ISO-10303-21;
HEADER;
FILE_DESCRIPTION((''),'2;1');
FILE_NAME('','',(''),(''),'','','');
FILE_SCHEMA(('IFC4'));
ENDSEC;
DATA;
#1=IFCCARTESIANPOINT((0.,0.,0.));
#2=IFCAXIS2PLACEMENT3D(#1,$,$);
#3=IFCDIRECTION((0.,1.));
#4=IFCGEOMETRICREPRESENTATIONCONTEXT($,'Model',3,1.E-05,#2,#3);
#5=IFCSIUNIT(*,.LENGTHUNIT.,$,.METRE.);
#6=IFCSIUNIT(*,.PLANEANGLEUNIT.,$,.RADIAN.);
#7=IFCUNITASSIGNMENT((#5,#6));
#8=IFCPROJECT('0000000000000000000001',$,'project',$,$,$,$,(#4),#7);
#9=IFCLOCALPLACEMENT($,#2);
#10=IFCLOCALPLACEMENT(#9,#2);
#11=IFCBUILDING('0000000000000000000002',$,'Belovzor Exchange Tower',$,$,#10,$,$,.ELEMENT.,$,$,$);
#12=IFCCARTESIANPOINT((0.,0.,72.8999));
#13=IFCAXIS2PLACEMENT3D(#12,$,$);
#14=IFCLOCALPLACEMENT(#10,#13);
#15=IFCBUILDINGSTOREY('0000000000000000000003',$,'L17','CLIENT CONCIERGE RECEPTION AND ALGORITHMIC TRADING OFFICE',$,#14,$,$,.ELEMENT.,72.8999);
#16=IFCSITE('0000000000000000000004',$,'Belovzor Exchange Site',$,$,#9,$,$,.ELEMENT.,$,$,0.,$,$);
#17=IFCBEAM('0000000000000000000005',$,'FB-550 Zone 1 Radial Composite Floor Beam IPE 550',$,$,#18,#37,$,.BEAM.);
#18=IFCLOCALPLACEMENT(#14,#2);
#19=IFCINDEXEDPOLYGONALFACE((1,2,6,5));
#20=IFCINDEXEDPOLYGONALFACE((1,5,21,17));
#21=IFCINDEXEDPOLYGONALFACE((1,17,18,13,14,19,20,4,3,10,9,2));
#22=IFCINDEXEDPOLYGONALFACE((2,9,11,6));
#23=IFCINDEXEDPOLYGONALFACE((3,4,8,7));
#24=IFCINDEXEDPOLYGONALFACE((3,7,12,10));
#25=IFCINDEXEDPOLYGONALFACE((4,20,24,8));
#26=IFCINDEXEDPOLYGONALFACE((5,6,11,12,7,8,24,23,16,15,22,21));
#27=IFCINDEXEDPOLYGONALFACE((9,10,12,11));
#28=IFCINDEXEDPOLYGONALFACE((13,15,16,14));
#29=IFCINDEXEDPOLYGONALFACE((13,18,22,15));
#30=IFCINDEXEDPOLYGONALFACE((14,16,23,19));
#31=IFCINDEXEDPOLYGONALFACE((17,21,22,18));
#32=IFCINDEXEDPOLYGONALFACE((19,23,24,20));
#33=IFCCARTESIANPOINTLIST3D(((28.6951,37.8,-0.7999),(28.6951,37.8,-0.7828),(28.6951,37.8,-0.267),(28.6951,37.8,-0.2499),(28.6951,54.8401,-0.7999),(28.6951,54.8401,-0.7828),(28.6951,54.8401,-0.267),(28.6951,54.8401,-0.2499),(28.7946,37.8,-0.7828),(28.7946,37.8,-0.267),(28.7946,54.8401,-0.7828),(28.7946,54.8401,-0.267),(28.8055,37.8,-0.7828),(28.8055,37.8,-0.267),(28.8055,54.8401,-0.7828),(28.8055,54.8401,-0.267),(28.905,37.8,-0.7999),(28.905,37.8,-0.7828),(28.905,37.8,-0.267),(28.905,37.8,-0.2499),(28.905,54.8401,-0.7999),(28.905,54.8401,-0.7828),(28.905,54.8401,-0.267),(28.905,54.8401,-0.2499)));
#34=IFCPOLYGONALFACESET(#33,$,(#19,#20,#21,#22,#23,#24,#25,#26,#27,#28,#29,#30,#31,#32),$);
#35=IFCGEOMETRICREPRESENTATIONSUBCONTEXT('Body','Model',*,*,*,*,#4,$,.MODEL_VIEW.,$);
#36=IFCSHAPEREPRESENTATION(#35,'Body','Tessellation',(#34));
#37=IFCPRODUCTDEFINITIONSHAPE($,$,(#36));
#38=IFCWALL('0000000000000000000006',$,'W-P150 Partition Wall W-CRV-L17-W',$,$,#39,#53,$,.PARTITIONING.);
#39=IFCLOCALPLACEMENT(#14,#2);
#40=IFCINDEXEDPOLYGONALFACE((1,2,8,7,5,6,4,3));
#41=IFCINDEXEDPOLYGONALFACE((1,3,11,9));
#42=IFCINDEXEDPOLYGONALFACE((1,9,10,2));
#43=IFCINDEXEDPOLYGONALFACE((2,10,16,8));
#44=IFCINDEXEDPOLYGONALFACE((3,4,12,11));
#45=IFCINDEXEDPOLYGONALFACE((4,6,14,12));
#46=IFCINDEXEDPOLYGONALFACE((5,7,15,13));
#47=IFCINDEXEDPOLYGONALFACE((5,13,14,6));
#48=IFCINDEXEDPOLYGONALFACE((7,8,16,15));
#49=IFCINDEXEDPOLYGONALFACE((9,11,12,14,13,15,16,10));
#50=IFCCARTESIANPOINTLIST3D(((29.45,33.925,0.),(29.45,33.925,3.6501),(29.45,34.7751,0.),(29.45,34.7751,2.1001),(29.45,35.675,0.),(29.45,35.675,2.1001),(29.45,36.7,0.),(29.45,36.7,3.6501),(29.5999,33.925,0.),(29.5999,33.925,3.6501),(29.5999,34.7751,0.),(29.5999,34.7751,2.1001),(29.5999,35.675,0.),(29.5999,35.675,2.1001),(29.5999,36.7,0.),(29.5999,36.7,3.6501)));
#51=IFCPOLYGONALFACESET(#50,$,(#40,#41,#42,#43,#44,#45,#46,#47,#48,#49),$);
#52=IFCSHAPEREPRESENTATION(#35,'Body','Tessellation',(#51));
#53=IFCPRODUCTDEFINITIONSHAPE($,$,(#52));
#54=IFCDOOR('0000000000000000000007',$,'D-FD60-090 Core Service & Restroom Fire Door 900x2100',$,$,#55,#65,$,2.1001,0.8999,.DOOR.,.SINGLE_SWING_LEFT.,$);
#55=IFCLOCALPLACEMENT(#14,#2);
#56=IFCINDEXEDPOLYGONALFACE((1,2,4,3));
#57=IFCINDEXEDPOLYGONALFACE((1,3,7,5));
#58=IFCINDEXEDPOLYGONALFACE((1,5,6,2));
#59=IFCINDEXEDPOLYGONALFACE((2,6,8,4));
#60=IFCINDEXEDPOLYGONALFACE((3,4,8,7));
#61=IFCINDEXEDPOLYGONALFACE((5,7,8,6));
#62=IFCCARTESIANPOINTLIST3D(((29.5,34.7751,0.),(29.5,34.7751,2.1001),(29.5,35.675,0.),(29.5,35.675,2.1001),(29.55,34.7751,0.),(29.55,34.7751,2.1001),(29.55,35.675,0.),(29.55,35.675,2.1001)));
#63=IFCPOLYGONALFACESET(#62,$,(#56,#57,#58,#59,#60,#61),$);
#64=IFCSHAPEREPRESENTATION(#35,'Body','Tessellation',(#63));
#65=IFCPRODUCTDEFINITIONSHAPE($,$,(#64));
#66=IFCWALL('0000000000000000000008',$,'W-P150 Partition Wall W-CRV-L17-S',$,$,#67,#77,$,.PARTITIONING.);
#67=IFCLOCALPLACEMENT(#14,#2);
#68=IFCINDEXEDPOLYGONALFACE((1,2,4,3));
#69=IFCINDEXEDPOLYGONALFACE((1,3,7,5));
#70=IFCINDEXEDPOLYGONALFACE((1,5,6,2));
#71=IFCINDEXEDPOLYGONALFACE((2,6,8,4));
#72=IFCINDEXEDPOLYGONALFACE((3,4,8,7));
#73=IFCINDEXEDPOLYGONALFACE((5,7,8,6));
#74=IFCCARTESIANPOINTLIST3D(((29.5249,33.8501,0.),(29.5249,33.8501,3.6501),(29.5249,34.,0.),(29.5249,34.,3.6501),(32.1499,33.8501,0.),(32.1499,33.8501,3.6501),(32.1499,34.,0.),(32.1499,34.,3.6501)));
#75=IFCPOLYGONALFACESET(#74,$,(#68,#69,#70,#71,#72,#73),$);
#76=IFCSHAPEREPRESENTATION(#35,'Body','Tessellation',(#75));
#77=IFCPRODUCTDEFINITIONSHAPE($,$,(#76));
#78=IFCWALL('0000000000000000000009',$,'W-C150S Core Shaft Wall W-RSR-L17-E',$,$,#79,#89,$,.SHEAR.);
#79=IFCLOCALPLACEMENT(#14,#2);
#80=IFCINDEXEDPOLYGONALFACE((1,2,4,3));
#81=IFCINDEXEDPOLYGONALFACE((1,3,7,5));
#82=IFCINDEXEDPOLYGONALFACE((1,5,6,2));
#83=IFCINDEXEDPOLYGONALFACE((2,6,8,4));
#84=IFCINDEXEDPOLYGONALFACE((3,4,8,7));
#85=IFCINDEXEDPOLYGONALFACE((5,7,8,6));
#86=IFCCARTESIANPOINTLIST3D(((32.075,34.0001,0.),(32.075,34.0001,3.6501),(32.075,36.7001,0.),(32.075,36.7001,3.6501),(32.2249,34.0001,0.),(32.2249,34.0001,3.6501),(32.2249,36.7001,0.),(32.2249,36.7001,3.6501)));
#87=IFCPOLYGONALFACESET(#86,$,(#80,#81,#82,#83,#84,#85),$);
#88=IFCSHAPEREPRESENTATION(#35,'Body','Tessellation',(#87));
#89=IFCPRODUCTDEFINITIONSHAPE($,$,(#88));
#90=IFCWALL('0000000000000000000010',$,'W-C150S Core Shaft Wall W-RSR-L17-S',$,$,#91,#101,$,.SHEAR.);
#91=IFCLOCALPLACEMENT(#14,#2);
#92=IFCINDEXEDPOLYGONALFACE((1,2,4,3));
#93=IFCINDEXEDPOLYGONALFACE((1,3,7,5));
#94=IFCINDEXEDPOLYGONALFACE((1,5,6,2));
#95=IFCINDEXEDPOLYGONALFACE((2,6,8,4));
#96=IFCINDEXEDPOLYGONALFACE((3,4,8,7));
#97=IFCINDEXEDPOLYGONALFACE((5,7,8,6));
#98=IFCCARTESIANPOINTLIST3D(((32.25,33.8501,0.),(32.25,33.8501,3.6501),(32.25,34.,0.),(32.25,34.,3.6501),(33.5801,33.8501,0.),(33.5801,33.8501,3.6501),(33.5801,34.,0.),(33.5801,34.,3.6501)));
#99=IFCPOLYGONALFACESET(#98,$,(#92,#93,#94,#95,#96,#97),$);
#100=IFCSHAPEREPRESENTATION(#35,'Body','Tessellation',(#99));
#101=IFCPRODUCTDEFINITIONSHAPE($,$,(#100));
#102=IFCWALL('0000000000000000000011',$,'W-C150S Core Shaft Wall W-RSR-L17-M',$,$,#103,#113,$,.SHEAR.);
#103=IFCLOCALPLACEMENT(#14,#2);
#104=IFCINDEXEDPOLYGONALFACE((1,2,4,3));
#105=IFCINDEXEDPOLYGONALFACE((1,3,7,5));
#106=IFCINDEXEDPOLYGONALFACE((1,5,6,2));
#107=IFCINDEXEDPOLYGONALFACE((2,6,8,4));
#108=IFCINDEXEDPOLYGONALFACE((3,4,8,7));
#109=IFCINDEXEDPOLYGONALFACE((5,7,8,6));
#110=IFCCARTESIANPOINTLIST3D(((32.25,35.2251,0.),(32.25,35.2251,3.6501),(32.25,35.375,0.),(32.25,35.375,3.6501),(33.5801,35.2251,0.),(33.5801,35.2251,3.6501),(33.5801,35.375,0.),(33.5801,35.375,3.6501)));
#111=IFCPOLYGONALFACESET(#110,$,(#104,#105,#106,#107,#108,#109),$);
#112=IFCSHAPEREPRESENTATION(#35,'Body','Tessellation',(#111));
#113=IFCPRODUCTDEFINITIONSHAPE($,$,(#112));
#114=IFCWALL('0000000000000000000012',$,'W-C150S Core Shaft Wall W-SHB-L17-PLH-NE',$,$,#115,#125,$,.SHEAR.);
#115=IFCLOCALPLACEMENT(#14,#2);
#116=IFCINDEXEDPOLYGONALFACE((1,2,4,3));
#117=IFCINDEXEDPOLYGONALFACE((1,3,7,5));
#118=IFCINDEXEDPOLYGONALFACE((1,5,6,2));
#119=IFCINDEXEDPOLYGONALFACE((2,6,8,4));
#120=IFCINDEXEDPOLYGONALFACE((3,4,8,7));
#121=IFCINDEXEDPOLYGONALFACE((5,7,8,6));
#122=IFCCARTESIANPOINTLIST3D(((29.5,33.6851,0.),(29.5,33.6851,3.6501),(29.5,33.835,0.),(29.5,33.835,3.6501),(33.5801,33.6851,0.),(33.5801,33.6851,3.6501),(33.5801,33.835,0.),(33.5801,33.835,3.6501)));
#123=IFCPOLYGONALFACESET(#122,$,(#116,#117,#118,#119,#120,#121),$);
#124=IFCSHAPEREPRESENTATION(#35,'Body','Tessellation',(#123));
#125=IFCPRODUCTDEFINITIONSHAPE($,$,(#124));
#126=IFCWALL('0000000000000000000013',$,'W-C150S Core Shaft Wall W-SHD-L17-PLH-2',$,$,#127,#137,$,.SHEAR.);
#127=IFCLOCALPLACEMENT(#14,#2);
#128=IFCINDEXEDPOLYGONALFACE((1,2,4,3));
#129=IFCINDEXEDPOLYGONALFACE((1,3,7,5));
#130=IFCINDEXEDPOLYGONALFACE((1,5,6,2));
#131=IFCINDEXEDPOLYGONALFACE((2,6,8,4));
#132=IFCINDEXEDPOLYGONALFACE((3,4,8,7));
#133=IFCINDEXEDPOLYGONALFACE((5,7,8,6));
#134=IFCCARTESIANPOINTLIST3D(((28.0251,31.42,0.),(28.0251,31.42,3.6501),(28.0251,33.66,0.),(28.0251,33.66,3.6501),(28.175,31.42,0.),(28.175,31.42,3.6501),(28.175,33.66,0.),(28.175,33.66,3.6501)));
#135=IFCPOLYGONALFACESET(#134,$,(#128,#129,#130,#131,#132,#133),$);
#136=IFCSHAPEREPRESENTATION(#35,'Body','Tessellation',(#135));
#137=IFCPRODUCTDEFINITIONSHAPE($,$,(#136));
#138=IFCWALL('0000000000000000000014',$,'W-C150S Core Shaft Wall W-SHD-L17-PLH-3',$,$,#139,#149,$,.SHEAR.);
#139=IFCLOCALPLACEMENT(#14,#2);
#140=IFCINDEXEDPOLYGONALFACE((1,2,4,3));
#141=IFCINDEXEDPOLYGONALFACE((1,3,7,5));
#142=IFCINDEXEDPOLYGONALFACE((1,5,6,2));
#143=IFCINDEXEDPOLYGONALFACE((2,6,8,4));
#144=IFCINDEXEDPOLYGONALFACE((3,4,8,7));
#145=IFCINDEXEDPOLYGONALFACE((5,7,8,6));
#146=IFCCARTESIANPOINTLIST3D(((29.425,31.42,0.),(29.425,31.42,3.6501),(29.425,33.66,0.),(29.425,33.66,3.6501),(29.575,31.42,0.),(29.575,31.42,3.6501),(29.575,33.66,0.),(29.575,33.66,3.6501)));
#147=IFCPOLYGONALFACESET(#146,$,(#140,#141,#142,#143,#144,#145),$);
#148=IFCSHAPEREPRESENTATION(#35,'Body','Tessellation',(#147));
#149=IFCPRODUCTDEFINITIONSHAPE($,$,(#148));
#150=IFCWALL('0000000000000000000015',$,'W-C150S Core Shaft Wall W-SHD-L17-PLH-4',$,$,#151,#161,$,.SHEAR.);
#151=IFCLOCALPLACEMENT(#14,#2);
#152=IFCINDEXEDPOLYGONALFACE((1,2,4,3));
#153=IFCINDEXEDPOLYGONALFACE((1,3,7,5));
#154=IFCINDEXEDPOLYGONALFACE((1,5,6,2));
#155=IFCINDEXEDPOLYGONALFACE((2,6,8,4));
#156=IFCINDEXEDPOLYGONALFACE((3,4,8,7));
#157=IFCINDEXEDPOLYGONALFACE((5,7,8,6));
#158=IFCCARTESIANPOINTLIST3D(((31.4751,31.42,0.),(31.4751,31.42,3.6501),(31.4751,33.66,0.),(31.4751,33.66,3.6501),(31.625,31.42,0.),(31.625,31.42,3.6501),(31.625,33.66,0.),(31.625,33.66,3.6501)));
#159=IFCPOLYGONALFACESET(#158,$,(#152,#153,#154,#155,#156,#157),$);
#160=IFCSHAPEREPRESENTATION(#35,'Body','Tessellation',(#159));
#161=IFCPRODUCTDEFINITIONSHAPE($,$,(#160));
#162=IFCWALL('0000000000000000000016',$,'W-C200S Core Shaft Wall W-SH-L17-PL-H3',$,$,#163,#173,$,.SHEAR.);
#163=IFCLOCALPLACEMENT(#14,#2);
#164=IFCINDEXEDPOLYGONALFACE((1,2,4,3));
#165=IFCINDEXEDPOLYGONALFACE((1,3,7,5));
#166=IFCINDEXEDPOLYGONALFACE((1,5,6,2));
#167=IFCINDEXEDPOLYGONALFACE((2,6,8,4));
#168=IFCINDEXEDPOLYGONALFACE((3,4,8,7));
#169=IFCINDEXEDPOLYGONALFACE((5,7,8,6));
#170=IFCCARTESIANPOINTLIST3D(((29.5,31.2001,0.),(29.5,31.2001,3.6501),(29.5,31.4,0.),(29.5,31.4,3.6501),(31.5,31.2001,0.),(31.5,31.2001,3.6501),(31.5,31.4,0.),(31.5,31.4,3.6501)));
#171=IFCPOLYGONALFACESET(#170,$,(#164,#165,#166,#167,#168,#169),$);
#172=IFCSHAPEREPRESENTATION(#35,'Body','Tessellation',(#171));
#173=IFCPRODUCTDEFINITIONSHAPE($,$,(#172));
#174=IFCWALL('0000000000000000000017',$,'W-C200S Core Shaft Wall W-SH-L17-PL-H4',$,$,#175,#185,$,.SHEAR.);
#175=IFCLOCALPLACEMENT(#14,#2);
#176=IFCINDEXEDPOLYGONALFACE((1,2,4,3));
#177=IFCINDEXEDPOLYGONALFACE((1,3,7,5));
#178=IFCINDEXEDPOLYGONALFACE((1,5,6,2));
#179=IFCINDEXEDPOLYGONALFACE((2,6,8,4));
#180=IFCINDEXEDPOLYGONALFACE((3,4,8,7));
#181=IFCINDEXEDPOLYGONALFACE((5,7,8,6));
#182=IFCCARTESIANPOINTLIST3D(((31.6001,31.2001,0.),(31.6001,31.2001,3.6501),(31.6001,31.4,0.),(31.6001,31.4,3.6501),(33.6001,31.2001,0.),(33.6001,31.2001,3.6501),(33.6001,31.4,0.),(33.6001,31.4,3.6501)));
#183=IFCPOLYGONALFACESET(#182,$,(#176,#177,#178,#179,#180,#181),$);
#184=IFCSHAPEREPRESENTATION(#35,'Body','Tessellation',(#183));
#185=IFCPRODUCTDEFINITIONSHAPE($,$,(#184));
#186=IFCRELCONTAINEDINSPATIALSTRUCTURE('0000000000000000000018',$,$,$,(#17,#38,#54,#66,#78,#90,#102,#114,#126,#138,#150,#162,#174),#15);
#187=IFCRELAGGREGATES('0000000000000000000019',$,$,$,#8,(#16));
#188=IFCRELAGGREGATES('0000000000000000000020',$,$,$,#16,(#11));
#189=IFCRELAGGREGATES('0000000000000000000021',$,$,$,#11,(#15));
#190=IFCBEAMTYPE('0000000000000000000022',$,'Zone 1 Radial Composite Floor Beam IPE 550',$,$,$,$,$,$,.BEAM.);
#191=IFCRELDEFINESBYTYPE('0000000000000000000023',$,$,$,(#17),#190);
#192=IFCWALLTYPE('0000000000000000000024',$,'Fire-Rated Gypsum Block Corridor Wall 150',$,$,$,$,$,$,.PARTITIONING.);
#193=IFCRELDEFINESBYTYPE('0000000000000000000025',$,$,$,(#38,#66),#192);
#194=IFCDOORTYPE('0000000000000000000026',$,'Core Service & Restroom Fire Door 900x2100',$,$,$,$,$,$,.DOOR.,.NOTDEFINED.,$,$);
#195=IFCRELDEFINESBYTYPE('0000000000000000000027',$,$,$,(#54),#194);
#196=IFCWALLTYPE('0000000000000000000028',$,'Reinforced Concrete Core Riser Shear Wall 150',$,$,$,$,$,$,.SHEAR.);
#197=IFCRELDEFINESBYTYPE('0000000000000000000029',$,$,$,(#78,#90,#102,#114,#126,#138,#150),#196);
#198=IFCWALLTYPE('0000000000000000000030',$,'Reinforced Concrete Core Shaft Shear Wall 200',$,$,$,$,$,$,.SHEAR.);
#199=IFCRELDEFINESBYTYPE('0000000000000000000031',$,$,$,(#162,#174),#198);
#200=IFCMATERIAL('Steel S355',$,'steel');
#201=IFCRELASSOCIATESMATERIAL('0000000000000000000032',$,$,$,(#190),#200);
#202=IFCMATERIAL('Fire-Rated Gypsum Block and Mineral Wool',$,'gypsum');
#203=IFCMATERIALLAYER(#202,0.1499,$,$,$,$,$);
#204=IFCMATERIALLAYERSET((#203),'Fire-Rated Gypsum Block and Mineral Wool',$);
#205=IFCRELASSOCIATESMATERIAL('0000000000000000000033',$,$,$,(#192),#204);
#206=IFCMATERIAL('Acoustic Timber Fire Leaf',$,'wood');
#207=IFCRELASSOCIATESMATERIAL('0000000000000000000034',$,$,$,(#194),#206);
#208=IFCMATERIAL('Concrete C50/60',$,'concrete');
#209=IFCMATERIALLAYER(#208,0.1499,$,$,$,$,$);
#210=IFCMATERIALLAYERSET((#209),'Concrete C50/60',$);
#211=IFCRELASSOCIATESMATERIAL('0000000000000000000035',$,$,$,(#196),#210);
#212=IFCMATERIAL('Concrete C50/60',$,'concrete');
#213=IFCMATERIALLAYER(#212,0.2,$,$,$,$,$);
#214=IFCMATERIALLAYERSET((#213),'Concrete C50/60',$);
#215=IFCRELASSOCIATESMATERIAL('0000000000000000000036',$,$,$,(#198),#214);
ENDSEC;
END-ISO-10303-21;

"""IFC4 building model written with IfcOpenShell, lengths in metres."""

from ifc_helpers import new_model, si_unit, direction, frame, frame_2d, origin, origin_2d, place, context, subcontext, project, spatial, rectangle, i_section, extrude, material, layer, layer_set, material_profile, profile_set, type_object, element, fill, save


model = new_model("IFC4")

# Units and contexts
model_context = context("Model", 3, precision=1e-05, world=origin(), true_north=direction((0.0, 1.0)))
body_context = subcontext(model_context, "Body", "Model", "MODEL_VIEW")
ifc_project = project(units=[si_unit("LENGTHUNIT", "METRE"), si_unit("PLANEANGLEUNIT", "RADIAN")], contexts=[model_context])

# Site, building, storey
site_placement = place(None, origin())
site = spatial("IfcSite", under=ifc_project, at=site_placement, Name="Belovzor Exchange Site", CompositionType="ELEMENT", RefElevation=0.0)
building_placement = place(site_placement, origin())
building = spatial("IfcBuilding", under=site, at=building_placement, Name="Belovzor Exchange Tower", CompositionType="ELEMENT")
storey_placement = place(building_placement, frame((0.0, 0.0, 72.8999)))
storey = spatial("IfcBuildingStorey", under=building, at=storey_placement, Name="L17", Description="CLIENT CONCIERGE RECEPTION AND ALGORITHMIC TRADING OFFICE", CompositionType="ELEMENT", Elevation=72.8999)

# Beam
ifc_material_1 = material(Name="Steel S355", Category="steel")
ifc_material_profile = material_profile(ifc_material_1, i_section(OverallWidth=0.21, OverallDepth=0.55, WebThickness=0.011, FlangeThickness=0.0171, at=origin_2d()))
ifc_profile_set = profile_set([ifc_material_profile], Name="Steel S355")
beam_type = type_object("IfcBeamType", Name="Zone 1 Radial Composite Floor Beam IPE 550", PredefinedType="BEAM", material=ifc_profile_set)
beam_placement = place(storey_placement, frame((28.8, 37.8, -0.5249), z_axis=(0.0, 1.0, 0.0), x_axis=(-1.0, 0.0, 0.0)))
element("IfcBeam", 1, at=beam_placement, inside=storey, type_object=beam_type, Name="FB-550 Zone 1 Radial Composite Floor Beam IPE 550", PredefinedType="BEAM", context=body_context, shape_type="SweptSolid", body=[
    extrude(i_section(OverallWidth=0.21, OverallDepth=0.55, WebThickness=0.011, FlangeThickness=0.0171, at=origin_2d()), origin(), (0.0, 0.0, 1.0), 17.04),
])

# Wall, opening, door
ifc_material_2 = material(Name="Fire-Rated Gypsum Block and Mineral Wool", Category="gypsum")
ifc_layer_1 = layer(ifc_material_2, 0.1499)
ifc_layer_set_1 = layer_set([ifc_layer_1], Name="Fire-Rated Gypsum Block and Mineral Wool")
wall_type_1 = type_object("IfcWallType", Name="Fire-Rated Gypsum Block Corridor Wall 150", PredefinedType="PARTITIONING", material=ifc_layer_set_1)
wall_1_placement = place(storey_placement, frame((29.5249, 33.925, 0.0), z_axis=(0.0, 0.0, 1.0), x_axis=(0.0, 1.0, 0.0)))
wall_1 = element("IfcWall", 2, at=wall_1_placement, inside=storey, type_object=wall_type_1, Name="W-P150 Partition Wall W-CRV-L17-W", PredefinedType="PARTITIONING", context=body_context, shape_type="SweptSolid", body=[
    extrude(rectangle(XDim=2.7749, YDim=0.1499, at=frame_2d((1.3875, 0.0))), origin(), (0.0, 0.0, 1.0), 3.6501),
])
opening_placement = place(wall_1_placement, frame((0.8501, 0.0, 0.0)))
opening = element("IfcOpeningElement", 3, at=opening_placement, cuts=wall_1, PredefinedType="OPENING", context=body_context, shape_type="SweptSolid", body=[
    extrude(rectangle(XDim=0.8999, YDim=2.1001, at=frame_2d((0.45, 1.05))), frame((0.0, 0.085, 0.0), z_axis=(0.0, -1.0, 0.0), x_axis=(1.0, 0.0, 0.0)), (0.0, 0.0, 1.0), 0.1699),
])
ifc_material_3 = material(Name="Acoustic Timber Fire Leaf", Category="wood")
door_type = type_object("IfcDoorType", Name="Core Service & Restroom Fire Door 900x2100", OperationType="NOTDEFINED", PredefinedType="DOOR", material=ifc_material_3)
door_placement = place(opening_placement, origin())
door = element("IfcDoor", 4, at=door_placement, inside=storey, type_object=door_type, Name="D-FD60-090 Core Service & Restroom Fire Door 900x2100", OperationType="SINGLE_SWING_LEFT", OverallHeight=2.1001, OverallWidth=0.8999, PredefinedType="DOOR", context=body_context, shape_type="SweptSolid", body=[
    extrude(rectangle(XDim=0.8999, YDim=2.1001, at=frame_2d((0.45, 1.05))), frame((0.0, 0.0249, 0.0), z_axis=(0.0, -1.0, 0.0), x_axis=(1.0, 0.0, 0.0)), (0.0, 0.0, 1.0), 0.05),
])
fill(opening, door)

# Walls
wall_2_placement = place(storey_placement, frame((29.5249, 33.925, 0.0), z_axis=(0.0, 0.0, 1.0), x_axis=(1.0, 0.0, 0.0)))
element("IfcWall", 5, at=wall_2_placement, inside=storey, type_object=wall_type_1, Name="W-P150 Partition Wall W-CRV-L17-S", PredefinedType="PARTITIONING", context=body_context, shape_type="SweptSolid", body=[
    extrude(rectangle(XDim=2.625, YDim=0.1499, at=frame_2d((1.3125, 0.0))), origin(), (0.0, 0.0, 1.0), 3.6501),
])
ifc_material_4 = material(Name="Concrete C50/60", Category="concrete")
ifc_layer_2 = layer(ifc_material_4, 0.1499)
ifc_layer_set_2 = layer_set([ifc_layer_2], Name="Concrete C50/60")
wall_type_2 = type_object("IfcWallType", Name="Reinforced Concrete Core Riser Shear Wall 150", PredefinedType="SHEAR", material=ifc_layer_set_2)
wall_3_placement = place(storey_placement, frame((32.1499, 34.0, 0.0), z_axis=(0.0, 0.0, 1.0), x_axis=(0.0, 1.0, 0.0)))
element("IfcWall", 6, at=wall_3_placement, inside=storey, type_object=wall_type_2, Name="W-C150S Core Shaft Wall W-RSR-L17-E", PredefinedType="SHEAR", context=body_context, shape_type="SweptSolid", body=[
    extrude(rectangle(XDim=2.7, YDim=0.1499, at=frame_2d((1.3501, 0.0))), origin(), (0.0, 0.0, 1.0), 3.6501),
])
for number, where, z_axis, x_axis, name in (
    (7, (32.25, 33.925, 0.0), (0.0, 0.0, 1.0), (1.0, 0.0, 0.0), "W-C150S Core Shaft Wall W-RSR-L17-S"),
    (8, (32.25, 35.3, 0.0), (0.0, 0.0, 1.0), (1.0, 0.0, 0.0), "W-C150S Core Shaft Wall W-RSR-L17-M"),
):
    element("IfcWall", number, at=place(storey_placement, frame(where, z_axis=z_axis, x_axis=x_axis)), inside=storey, type_object=wall_type_2, Name=name, PredefinedType="SHEAR", context=body_context, shape_type="SweptSolid", body=[
        extrude(rectangle(XDim=1.3301, YDim=0.1499, at=frame_2d((0.665, 0.0))), origin(), (0.0, 0.0, 1.0), 3.6501),
    ])
wall_4_placement = place(storey_placement, frame((29.5, 33.76, 0.0), z_axis=(0.0, 0.0, 1.0), x_axis=(1.0, 0.0, 0.0)))
element("IfcWall", 9, at=wall_4_placement, inside=storey, type_object=wall_type_2, Name="W-C150S Core Shaft Wall W-SHB-L17-PLH-NE", PredefinedType="SHEAR", context=body_context, shape_type="SweptSolid", body=[
    extrude(rectangle(XDim=4.0801, YDim=0.1499, at=frame_2d((2.04, 0.0))), origin(), (0.0, 0.0, 1.0), 3.6501),
])
for number, where, z_axis, x_axis, name in (
    (10, (28.1001, 31.4199, 0.0), (0.0, 0.0, 1.0), (0.0, 1.0, 0.0), "W-C150S Core Shaft Wall W-SHD-L17-PLH-2"),
    (11, (29.5, 31.4199, 0.0), (0.0, 0.0, 1.0), (0.0, 1.0, 0.0), "W-C150S Core Shaft Wall W-SHD-L17-PLH-3"),
    (12, (31.55, 31.4199, 0.0), (0.0, 0.0, 1.0), (0.0, 1.0, 0.0), "W-C150S Core Shaft Wall W-SHD-L17-PLH-4"),
):
    element("IfcWall", number, at=place(storey_placement, frame(where, z_axis=z_axis, x_axis=x_axis)), inside=storey, type_object=wall_type_2, Name=name, PredefinedType="SHEAR", context=body_context, shape_type="SweptSolid", body=[
        extrude(rectangle(XDim=2.24, YDim=0.1499, at=frame_2d((1.1201, 0.0))), origin(), (0.0, 0.0, 1.0), 3.6501),
    ])
ifc_material_5 = material(Name="Concrete C50/60", Category="concrete")
ifc_layer_3 = layer(ifc_material_5, 0.2)
ifc_layer_set_3 = layer_set([ifc_layer_3], Name="Concrete C50/60")
wall_type_3 = type_object("IfcWallType", Name="Reinforced Concrete Core Shaft Shear Wall 200", PredefinedType="SHEAR", material=ifc_layer_set_3)
for number, where, z_axis, x_axis, name in (
    (13, (29.5, 31.3, 0.0), (0.0, 0.0, 1.0), (1.0, 0.0, 0.0), "W-C200S Core Shaft Wall W-SH-L17-PL-H3"),
    (14, (31.6001, 31.3, 0.0), (0.0, 0.0, 1.0), (1.0, 0.0, 0.0), "W-C200S Core Shaft Wall W-SH-L17-PL-H4"),
):
    element("IfcWall", number, at=place(storey_placement, frame(where, z_axis=z_axis, x_axis=x_axis)), inside=storey, type_object=wall_type_3, Name=name, PredefinedType="SHEAR", context=body_context, shape_type="SweptSolid", body=[
        extrude(rectangle(XDim=2.0, YDim=0.2, at=frame_2d((1.0, 0.0))), origin(), (0.0, 0.0, 1.0), 3.6501),
    ])

save(model, "model.ifc")
